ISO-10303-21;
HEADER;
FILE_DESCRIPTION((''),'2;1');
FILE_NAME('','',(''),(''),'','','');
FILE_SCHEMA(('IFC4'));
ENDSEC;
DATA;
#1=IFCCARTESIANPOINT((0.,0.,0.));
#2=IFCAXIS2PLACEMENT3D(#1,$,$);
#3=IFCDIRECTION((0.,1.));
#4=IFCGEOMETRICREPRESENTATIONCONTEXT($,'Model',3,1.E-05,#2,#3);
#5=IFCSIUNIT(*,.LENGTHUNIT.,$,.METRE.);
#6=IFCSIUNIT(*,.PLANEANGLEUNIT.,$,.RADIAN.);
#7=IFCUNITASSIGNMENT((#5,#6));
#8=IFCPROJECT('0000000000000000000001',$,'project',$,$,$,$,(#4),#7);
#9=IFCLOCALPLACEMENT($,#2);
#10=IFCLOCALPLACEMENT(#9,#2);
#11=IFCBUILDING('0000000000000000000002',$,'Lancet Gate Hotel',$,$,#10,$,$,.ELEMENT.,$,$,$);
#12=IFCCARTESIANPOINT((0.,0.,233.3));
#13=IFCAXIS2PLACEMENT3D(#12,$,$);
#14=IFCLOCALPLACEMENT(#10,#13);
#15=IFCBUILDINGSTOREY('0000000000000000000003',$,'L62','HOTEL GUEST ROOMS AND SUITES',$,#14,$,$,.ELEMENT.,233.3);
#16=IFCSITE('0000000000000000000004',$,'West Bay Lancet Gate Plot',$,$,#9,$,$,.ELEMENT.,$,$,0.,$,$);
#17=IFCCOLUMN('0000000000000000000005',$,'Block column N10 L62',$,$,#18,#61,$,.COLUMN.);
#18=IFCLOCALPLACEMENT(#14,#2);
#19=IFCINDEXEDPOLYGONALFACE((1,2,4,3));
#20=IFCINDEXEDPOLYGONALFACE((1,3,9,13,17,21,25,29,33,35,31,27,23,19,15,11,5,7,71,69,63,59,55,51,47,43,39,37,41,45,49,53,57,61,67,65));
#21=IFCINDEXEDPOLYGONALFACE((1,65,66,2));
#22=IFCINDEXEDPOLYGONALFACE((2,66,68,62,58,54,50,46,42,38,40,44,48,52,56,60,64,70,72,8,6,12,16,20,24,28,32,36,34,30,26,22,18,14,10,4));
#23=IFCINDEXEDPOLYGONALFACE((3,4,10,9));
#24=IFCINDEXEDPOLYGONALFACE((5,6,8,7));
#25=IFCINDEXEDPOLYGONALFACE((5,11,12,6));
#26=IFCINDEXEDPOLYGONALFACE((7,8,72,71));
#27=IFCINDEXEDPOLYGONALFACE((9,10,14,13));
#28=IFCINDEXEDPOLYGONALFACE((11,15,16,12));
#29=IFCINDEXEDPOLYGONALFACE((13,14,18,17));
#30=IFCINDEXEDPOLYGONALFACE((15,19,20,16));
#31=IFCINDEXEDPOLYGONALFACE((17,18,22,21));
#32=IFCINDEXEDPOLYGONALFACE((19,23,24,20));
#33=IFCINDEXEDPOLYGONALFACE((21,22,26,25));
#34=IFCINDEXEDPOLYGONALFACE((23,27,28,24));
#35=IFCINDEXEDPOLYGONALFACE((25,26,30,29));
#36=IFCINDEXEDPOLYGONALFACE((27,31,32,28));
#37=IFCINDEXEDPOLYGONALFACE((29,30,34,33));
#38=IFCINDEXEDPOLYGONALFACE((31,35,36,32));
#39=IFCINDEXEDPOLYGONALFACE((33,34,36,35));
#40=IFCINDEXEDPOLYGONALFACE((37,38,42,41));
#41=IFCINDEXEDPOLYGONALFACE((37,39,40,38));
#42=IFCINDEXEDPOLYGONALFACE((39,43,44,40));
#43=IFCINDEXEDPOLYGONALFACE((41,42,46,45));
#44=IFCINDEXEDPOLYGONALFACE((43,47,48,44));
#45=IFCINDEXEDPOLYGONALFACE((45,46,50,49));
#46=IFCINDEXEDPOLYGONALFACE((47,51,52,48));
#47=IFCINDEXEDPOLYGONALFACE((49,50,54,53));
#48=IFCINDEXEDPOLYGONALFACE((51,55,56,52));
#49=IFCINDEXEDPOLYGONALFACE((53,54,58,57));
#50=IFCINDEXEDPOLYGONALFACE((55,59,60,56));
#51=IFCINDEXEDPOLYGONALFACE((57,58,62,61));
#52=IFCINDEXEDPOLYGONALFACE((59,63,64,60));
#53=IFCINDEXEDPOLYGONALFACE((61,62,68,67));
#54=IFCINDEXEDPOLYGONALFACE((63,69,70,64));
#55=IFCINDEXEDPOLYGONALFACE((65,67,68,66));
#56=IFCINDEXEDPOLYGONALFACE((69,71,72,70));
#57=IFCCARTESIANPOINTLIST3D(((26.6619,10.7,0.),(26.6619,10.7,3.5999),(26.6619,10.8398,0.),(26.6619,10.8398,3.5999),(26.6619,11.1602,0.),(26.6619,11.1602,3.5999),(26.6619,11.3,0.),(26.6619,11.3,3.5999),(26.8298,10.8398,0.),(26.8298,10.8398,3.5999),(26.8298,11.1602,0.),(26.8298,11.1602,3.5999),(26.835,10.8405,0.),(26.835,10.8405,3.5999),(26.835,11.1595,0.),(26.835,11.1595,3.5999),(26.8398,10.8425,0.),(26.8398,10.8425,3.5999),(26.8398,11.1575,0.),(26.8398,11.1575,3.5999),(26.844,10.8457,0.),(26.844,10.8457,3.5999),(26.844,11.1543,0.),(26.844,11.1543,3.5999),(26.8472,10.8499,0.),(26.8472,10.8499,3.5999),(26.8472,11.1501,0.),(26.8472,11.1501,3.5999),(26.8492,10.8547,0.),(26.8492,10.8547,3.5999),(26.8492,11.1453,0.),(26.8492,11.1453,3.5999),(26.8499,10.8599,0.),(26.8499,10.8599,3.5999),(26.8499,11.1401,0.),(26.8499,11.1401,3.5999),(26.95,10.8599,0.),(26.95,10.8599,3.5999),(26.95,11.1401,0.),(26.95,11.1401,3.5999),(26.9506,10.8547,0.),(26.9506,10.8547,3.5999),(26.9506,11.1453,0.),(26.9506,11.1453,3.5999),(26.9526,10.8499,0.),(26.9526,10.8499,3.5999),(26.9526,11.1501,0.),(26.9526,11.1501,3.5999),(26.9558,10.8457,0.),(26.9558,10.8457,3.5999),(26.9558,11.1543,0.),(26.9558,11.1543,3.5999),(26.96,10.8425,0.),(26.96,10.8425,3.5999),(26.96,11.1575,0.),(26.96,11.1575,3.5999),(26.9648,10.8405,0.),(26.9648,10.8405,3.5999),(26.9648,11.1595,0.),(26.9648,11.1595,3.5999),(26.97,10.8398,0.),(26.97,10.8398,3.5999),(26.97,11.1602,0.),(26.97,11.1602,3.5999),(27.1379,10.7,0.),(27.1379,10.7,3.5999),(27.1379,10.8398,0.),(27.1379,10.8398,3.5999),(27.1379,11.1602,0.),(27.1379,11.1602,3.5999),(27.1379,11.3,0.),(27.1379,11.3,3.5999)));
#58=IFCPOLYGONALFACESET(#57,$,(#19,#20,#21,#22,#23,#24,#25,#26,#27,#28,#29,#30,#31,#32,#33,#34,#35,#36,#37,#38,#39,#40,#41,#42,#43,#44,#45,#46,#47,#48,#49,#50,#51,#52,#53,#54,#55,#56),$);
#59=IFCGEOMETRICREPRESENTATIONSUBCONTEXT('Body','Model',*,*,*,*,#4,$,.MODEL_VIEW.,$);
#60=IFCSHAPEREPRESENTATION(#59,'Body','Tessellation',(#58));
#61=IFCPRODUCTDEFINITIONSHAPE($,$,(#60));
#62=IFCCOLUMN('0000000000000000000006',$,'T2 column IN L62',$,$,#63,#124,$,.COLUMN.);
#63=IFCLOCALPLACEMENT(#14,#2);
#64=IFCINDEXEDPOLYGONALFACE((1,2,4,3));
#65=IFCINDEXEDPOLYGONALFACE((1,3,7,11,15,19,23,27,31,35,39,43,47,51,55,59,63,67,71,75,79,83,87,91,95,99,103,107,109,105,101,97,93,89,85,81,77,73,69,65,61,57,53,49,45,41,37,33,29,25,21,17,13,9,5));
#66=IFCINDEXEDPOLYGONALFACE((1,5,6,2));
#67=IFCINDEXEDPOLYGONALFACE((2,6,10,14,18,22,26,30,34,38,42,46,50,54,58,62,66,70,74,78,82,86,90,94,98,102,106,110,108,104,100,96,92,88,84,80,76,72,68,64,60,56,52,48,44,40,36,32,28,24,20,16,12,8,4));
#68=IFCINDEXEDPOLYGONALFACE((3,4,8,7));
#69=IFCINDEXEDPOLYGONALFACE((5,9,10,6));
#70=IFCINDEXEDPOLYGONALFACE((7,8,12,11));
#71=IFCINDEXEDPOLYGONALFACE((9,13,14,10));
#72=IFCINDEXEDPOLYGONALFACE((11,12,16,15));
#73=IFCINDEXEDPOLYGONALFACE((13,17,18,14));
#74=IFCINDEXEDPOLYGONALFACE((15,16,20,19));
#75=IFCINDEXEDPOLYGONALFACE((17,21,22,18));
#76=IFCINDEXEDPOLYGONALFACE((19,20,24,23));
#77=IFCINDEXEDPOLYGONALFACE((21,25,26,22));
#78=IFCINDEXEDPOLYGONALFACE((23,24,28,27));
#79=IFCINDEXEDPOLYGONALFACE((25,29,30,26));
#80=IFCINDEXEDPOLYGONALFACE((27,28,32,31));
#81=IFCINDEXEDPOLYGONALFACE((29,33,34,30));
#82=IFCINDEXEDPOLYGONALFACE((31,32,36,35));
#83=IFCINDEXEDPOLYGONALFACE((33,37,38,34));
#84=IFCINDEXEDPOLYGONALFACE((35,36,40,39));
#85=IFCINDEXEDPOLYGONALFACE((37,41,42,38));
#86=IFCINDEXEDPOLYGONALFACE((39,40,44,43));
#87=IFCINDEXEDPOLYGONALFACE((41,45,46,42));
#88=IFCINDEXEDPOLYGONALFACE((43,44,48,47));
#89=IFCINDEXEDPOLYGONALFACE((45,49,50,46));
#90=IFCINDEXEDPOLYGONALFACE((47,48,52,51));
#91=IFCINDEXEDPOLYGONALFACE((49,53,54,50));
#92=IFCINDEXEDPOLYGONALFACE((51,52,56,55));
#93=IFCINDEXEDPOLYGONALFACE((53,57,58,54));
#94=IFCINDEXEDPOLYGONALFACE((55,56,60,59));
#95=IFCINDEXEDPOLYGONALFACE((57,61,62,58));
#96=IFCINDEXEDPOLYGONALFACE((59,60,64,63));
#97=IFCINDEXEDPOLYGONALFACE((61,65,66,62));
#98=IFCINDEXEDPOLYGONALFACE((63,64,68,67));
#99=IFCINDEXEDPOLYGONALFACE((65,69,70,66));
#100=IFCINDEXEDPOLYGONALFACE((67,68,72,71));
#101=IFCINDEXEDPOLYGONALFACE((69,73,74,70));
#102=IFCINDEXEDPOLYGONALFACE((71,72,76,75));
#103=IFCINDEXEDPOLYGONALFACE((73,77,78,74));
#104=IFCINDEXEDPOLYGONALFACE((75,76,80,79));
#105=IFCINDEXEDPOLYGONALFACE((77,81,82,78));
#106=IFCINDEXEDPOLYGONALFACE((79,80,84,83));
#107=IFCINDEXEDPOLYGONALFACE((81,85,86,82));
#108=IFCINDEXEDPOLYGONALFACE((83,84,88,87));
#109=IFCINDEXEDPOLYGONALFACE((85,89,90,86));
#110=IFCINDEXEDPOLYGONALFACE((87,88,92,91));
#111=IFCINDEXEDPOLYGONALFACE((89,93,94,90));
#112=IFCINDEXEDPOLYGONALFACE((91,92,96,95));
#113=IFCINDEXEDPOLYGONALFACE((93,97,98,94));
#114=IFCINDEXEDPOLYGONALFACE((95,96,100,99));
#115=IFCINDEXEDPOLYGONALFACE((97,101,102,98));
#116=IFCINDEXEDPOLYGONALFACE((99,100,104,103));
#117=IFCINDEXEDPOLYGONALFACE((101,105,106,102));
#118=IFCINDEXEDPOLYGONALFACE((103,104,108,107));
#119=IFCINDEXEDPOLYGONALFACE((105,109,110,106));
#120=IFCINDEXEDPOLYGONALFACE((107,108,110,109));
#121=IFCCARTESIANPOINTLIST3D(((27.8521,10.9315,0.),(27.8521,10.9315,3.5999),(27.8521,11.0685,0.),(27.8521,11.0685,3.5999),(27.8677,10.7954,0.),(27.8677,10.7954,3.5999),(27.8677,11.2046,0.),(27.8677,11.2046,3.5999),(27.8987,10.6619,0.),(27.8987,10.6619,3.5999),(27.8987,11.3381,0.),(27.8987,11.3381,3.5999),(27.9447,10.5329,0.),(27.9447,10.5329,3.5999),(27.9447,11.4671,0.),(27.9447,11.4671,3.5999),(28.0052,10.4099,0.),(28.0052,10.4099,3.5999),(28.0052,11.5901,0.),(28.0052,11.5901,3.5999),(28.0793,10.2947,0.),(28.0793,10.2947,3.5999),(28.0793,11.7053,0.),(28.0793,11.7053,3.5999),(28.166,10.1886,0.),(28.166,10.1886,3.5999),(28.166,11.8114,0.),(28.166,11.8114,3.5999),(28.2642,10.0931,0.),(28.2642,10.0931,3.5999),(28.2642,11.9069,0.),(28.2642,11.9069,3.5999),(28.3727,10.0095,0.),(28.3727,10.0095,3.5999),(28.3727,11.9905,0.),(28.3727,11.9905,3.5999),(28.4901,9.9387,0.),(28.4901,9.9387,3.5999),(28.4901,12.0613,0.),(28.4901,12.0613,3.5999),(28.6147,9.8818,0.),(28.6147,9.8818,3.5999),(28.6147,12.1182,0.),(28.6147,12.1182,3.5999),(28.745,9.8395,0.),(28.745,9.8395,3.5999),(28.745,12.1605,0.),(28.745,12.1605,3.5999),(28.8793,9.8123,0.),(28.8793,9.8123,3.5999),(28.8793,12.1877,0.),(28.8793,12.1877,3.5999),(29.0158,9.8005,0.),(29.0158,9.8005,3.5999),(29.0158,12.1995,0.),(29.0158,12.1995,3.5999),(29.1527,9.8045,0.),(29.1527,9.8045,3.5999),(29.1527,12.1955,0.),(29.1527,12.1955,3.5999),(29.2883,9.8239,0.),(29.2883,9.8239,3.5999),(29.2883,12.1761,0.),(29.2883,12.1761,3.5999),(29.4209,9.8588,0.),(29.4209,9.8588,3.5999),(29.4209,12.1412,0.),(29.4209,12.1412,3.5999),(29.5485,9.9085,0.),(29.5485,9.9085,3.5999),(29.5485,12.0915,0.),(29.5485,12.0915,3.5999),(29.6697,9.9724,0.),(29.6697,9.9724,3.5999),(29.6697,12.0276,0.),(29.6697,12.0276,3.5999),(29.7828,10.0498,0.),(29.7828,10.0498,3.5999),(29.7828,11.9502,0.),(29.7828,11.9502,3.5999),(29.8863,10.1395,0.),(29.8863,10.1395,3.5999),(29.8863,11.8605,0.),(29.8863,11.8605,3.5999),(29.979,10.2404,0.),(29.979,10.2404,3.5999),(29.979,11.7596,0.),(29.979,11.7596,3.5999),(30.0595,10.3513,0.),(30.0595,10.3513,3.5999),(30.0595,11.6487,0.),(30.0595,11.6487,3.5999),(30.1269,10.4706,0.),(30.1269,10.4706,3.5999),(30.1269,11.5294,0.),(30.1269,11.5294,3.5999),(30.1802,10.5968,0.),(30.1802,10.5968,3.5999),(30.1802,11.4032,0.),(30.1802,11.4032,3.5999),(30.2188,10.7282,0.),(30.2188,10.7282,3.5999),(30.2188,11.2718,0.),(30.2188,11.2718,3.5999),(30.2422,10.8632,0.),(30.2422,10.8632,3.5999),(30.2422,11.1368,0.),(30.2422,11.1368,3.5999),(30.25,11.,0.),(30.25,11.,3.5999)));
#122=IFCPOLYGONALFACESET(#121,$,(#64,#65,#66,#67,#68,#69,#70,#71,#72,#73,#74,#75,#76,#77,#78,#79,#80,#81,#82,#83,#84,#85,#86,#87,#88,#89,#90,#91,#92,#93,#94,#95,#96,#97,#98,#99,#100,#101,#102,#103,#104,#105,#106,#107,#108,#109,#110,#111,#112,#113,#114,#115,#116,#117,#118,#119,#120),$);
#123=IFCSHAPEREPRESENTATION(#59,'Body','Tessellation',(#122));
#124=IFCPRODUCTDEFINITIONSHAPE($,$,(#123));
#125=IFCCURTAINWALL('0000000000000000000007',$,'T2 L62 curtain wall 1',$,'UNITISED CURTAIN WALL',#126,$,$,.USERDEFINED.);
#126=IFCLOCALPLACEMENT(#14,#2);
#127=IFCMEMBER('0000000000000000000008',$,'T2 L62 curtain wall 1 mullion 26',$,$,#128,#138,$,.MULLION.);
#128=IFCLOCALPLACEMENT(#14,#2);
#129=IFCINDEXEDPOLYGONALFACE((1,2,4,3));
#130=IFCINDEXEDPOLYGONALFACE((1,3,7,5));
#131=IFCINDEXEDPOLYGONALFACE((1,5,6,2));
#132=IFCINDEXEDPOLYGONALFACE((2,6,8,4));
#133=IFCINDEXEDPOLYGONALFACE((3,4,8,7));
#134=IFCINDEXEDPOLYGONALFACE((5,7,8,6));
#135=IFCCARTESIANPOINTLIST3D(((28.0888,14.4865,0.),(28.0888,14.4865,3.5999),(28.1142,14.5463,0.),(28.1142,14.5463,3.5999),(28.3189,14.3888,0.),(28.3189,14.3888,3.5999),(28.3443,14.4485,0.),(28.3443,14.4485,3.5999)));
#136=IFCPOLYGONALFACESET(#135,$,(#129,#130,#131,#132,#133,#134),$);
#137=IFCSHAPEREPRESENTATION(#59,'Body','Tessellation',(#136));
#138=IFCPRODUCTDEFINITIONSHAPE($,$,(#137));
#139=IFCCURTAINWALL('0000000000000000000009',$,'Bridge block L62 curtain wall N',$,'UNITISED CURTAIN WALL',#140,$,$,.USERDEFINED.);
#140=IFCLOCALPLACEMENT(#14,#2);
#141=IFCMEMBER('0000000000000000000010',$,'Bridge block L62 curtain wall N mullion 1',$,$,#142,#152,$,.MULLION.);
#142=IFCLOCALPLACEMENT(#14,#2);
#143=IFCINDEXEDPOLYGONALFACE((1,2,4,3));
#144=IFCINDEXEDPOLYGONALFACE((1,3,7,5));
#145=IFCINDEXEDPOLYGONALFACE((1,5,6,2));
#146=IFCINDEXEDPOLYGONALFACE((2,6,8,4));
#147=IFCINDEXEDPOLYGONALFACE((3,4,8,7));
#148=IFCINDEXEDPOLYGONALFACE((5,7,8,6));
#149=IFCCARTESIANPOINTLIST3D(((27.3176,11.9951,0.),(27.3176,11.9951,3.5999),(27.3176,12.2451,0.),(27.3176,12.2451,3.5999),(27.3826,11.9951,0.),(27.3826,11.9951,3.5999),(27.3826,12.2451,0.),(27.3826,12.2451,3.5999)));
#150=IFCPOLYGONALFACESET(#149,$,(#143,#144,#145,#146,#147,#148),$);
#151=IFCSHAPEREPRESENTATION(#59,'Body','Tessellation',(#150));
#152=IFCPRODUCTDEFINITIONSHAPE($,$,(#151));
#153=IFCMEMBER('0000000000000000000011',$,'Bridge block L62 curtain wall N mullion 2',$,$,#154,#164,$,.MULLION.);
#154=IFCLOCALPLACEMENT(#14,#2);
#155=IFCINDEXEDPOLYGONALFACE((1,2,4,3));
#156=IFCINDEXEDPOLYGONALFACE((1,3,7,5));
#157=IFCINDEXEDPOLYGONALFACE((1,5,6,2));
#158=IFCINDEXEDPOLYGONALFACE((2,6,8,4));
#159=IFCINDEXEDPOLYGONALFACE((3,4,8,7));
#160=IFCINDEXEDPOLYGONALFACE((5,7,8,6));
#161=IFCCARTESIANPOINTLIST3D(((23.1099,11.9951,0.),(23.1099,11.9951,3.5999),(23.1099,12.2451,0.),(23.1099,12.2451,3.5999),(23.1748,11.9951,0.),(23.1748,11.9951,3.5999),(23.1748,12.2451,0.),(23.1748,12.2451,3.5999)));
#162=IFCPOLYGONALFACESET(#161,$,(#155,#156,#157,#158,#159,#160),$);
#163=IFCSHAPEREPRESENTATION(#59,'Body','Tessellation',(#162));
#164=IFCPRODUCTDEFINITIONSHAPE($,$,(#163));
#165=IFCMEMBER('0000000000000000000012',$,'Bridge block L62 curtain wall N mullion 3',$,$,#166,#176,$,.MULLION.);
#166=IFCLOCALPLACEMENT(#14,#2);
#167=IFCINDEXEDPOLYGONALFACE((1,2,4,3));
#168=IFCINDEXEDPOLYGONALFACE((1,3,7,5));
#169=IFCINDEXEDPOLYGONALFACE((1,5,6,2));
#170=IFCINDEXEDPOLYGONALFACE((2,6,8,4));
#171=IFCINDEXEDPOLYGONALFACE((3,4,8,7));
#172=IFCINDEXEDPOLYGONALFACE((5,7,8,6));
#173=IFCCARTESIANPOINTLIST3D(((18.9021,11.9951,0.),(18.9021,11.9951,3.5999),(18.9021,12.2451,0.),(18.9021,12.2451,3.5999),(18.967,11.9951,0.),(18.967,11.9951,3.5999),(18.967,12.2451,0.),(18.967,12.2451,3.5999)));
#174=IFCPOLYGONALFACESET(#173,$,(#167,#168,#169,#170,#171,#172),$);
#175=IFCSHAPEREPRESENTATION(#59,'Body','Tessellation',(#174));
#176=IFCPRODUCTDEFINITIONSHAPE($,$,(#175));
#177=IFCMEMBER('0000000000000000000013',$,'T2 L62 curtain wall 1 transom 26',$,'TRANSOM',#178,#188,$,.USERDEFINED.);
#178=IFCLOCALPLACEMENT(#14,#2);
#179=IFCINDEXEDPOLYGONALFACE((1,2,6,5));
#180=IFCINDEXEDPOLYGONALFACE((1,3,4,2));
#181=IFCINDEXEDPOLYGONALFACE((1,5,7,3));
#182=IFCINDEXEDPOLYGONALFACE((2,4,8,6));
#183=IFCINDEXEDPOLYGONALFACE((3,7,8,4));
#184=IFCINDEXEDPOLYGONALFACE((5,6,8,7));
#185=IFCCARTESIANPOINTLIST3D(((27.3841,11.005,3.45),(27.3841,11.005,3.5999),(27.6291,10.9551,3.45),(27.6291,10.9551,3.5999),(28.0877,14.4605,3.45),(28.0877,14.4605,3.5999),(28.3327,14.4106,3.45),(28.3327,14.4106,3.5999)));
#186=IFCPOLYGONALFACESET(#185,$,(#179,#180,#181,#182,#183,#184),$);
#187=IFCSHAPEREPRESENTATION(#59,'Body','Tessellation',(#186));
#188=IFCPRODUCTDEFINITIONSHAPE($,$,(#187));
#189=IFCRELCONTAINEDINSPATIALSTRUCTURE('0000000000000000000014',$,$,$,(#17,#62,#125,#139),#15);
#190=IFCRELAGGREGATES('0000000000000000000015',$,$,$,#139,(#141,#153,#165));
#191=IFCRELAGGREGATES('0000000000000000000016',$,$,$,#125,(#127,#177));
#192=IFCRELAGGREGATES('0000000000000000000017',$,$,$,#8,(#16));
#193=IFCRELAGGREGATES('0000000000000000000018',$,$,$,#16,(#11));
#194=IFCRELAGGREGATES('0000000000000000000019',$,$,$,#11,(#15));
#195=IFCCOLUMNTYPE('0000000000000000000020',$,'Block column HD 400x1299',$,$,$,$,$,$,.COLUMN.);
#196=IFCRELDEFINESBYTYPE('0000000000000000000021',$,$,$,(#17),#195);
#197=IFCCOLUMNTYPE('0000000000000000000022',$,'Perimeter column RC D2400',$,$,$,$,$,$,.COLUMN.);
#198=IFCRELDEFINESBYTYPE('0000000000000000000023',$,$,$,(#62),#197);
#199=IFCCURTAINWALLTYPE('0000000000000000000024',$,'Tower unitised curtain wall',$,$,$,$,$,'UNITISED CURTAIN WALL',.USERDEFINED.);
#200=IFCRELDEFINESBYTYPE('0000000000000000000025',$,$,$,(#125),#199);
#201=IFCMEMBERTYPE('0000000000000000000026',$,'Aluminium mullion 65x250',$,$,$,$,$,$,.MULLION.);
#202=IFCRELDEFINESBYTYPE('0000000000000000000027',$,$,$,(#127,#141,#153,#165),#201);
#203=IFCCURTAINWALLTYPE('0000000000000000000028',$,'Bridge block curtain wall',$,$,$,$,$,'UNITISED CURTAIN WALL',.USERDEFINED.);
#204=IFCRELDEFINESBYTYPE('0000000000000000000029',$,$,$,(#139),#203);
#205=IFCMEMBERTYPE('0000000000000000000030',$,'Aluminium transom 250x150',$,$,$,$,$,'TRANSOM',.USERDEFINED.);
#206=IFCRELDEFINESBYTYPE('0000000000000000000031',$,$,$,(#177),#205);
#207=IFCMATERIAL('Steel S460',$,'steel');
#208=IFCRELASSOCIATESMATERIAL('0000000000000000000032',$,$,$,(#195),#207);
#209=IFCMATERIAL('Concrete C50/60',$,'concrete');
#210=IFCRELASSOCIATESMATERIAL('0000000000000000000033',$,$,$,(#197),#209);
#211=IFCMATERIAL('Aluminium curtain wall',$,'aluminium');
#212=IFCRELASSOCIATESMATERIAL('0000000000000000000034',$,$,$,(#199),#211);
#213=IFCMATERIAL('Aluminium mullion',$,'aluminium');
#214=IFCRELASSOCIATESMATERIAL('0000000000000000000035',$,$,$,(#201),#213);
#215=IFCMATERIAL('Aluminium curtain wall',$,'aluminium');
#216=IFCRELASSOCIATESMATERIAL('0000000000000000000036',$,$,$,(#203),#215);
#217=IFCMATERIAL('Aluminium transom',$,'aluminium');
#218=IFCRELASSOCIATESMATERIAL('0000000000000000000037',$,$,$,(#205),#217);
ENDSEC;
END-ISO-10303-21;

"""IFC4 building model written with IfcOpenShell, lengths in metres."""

from ifc_helpers import new_model, si_unit, direction, frame, origin, origin_2d, place, context, subcontext, project, spatial, rectangle, circle, i_section, extrude, material, material_profile, profile_set, type_object, element, aggregate, save


model = new_model("IFC4")

# Units and contexts
model_context = context("Model", 3, precision=1e-05, world=origin(), true_north=direction((0.0, 1.0)))
body_context = subcontext(model_context, "Body", "Model", "MODEL_VIEW")
ifc_project = project(units=[si_unit("LENGTHUNIT", "METRE"), si_unit("PLANEANGLEUNIT", "RADIAN")], contexts=[model_context])

# Site, building, storey
site_placement = place(None, origin())
site = spatial("IfcSite", under=ifc_project, at=site_placement, Name="West Bay Lancet Gate Plot", CompositionType="ELEMENT", RefElevation=0.0)
building_placement = place(site_placement, origin())
building = spatial("IfcBuilding", under=site, at=building_placement, Name="Lancet Gate Hotel", CompositionType="ELEMENT")
storey_placement = place(building_placement, frame((0.0, 0.0, 233.3)))
storey = spatial("IfcBuildingStorey", under=building, at=storey_placement, Name="L62", Description="HOTEL GUEST ROOMS AND SUITES", CompositionType="ELEMENT", Elevation=233.3)

# Columns
ifc_material_1 = material(Name="Steel S460", Category="steel")
ifc_material_profile_1 = material_profile(ifc_material_1, i_section(OverallWidth=0.4761, OverallDepth=0.6001, WebThickness=0.1001, FlangeThickness=0.1399, FilletRadius=0.02, at=origin_2d()), Name="HD 400x1299")
ifc_profile_set_1 = profile_set([ifc_material_profile_1], Name="Steel S460")
column_type_1 = type_object("IfcColumnType", Name="Block column HD 400x1299", PredefinedType="COLUMN", material=ifc_profile_set_1)
column_1_placement = place(storey_placement, frame((26.8999, 11.0, 0.0), z_axis=(0.0, 0.0, 1.0), x_axis=(1.0, 0.0, 0.0)))
element("IfcColumn", 1, at=column_1_placement, inside=storey, type_object=column_type_1, Name="Block column N10 L62", PredefinedType="COLUMN", context=body_context, shape_type="SweptSolid", body=[
    extrude(i_section(OverallWidth=0.4761, OverallDepth=0.6001, WebThickness=0.1001, FlangeThickness=0.1399, FilletRadius=0.02, at=origin_2d()), origin(), (0.0, 0.0, 1.0), 3.5999),
])
ifc_material_2 = material(Name="Concrete C50/60", Category="concrete")
ifc_material_profile_2 = material_profile(ifc_material_2, circle(Radius=1.2, at=origin_2d()), Name="RC D2400")
ifc_profile_set_2 = profile_set([ifc_material_profile_2], Name="Concrete C50/60")
column_type_2 = type_object("IfcColumnType", Name="Perimeter column RC D2400", PredefinedType="COLUMN", material=ifc_profile_set_2)
column_2_placement = place(storey_placement, frame((29.05, 11.0, 0.0), z_axis=(0.0, 0.0, 1.0), x_axis=(1.0, 0.0, 0.0)))
element("IfcColumn", 2, at=column_2_placement, inside=storey, type_object=column_type_2, Name="T2 column IN L62", PredefinedType="COLUMN", context=body_context, shape_type="SweptSolid", body=[
    extrude(circle(Radius=1.2, at=origin_2d()), origin(), (0.0, 0.0, 1.0), 3.5999),
])

# Curtain wall, member
ifc_material_3 = material(Name="Aluminium curtain wall", Category="aluminium")
curtain_wall_type_1 = type_object("IfcCurtainWallType", Name="Tower unitised curtain wall", ElementType="UNITISED CURTAIN WALL", PredefinedType="USERDEFINED", material=ifc_material_3)
curtain_wall_1_placement = place(storey_placement, origin())
curtain_wall_1 = element("IfcCurtainWall", 3, at=curtain_wall_1_placement, inside=storey, type_object=curtain_wall_type_1, Name="T2 L62 curtain wall 1", ObjectType="UNITISED CURTAIN WALL", PredefinedType="USERDEFINED")
ifc_material_4 = material(Name="Aluminium mullion", Category="aluminium")
ifc_material_profile_3 = material_profile(ifc_material_4, rectangle(XDim=0.0649, YDim=0.25, at=origin_2d()), Name="MULLION 65x250")
ifc_profile_set_3 = profile_set([ifc_material_profile_3], Name="Aluminium mullion")
member_type_1 = type_object("IfcMemberType", Name="Aluminium mullion 65x250", PredefinedType="MULLION", material=ifc_profile_set_3)
member_1_placement = place(storey_placement, frame((28.2166, 14.4675, 0.0), z_axis=(0.0, 0.0, 1.0), x_axis=(-0.391042, -0.920373, 0.0)))
member_1 = element("IfcMember", 4, at=member_1_placement, type_object=member_type_1, Name="T2 L62 curtain wall 1 mullion 26", PredefinedType="MULLION", context=body_context, shape_type="SweptSolid", body=[
    extrude(rectangle(XDim=0.0649, YDim=0.25, at=origin_2d()), origin(), (0.0, 0.0, 1.0), 3.5999),
])

# Curtain wall, members
ifc_material_5 = material(Name="Aluminium curtain wall", Category="aluminium")
curtain_wall_type_2 = type_object("IfcCurtainWallType", Name="Bridge block curtain wall", ElementType="UNITISED CURTAIN WALL", PredefinedType="USERDEFINED", material=ifc_material_5)
curtain_wall_2_placement = place(storey_placement, origin())
curtain_wall_2 = element("IfcCurtainWall", 5, at=curtain_wall_2_placement, inside=storey, type_object=curtain_wall_type_2, Name="Bridge block L62 curtain wall N", ObjectType="UNITISED CURTAIN WALL", PredefinedType="USERDEFINED")
member_2_placement = place(storey_placement, frame((27.3501, 12.1201, 0.0), z_axis=(0.0, 0.0, 1.0), x_axis=(-1.0, 0.0, 0.0)))
member_2 = element("IfcMember", 6, at=member_2_placement, type_object=member_type_1, Name="Bridge block L62 curtain wall N mullion 1", PredefinedType="MULLION", context=body_context, shape_type="SweptSolid", body=[
    extrude(rectangle(XDim=0.0649, YDim=0.25, at=origin_2d()), origin(), (0.0, 0.0, 1.0), 3.5999),
])
member_3_placement = place(storey_placement, frame((23.1423, 12.1201, 0.0), z_axis=(0.0, 0.0, 1.0), x_axis=(-1.0, 0.0, 0.0)))
member_3 = element("IfcMember", 7, at=member_3_placement, type_object=member_type_1, Name="Bridge block L62 curtain wall N mullion 2", PredefinedType="MULLION", context=body_context, shape_type="SweptSolid", body=[
    extrude(rectangle(XDim=0.0649, YDim=0.25, at=origin_2d()), origin(), (0.0, 0.0, 1.0), 3.5999),
])
member_4_placement = place(storey_placement, frame((18.9346, 12.1201, 0.0), z_axis=(0.0, 0.0, 1.0), x_axis=(-1.0, 0.0, 0.0)))
member_4 = element("IfcMember", 8, at=member_4_placement, type_object=member_type_1, Name="Bridge block L62 curtain wall N mullion 3", PredefinedType="MULLION", context=body_context, shape_type="SweptSolid", body=[
    extrude(rectangle(XDim=0.0649, YDim=0.25, at=origin_2d()), origin(), (0.0, 0.0, 1.0), 3.5999),
])

# Member
ifc_material_6 = material(Name="Aluminium transom", Category="aluminium")
ifc_material_profile_4 = material_profile(ifc_material_6, rectangle(XDim=0.25, YDim=0.1499, at=origin_2d()), Name="TRANSOM 250x150")
ifc_profile_set_4 = profile_set([ifc_material_profile_4], Name="Aluminium transom")
member_type_2 = type_object("IfcMemberType", Name="Aluminium transom 250x150", ElementType="TRANSOM", PredefinedType="USERDEFINED", material=ifc_profile_set_4)
member_5_placement = place(storey_placement, frame((28.2102, 14.4355, 3.5249), z_axis=(-0.199523, -0.979893, 0.0), x_axis=(0.979893, -0.199523, 0.0)))
member_5 = element("IfcMember", 9, at=member_5_placement, type_object=member_type_2, Name="T2 L62 curtain wall 1 transom 26", ObjectType="TRANSOM", PredefinedType="USERDEFINED", context=body_context, shape_type="SweptSolid", body=[
    extrude(rectangle(XDim=0.25, YDim=0.1499, at=origin_2d()), origin(), (0.0, 0.0, 1.0), 3.5264),
])

aggregate(curtain_wall_2, [member_2, member_3, member_4])
aggregate(curtain_wall_1, [member_1, member_5])

save(model, "model.ifc")
